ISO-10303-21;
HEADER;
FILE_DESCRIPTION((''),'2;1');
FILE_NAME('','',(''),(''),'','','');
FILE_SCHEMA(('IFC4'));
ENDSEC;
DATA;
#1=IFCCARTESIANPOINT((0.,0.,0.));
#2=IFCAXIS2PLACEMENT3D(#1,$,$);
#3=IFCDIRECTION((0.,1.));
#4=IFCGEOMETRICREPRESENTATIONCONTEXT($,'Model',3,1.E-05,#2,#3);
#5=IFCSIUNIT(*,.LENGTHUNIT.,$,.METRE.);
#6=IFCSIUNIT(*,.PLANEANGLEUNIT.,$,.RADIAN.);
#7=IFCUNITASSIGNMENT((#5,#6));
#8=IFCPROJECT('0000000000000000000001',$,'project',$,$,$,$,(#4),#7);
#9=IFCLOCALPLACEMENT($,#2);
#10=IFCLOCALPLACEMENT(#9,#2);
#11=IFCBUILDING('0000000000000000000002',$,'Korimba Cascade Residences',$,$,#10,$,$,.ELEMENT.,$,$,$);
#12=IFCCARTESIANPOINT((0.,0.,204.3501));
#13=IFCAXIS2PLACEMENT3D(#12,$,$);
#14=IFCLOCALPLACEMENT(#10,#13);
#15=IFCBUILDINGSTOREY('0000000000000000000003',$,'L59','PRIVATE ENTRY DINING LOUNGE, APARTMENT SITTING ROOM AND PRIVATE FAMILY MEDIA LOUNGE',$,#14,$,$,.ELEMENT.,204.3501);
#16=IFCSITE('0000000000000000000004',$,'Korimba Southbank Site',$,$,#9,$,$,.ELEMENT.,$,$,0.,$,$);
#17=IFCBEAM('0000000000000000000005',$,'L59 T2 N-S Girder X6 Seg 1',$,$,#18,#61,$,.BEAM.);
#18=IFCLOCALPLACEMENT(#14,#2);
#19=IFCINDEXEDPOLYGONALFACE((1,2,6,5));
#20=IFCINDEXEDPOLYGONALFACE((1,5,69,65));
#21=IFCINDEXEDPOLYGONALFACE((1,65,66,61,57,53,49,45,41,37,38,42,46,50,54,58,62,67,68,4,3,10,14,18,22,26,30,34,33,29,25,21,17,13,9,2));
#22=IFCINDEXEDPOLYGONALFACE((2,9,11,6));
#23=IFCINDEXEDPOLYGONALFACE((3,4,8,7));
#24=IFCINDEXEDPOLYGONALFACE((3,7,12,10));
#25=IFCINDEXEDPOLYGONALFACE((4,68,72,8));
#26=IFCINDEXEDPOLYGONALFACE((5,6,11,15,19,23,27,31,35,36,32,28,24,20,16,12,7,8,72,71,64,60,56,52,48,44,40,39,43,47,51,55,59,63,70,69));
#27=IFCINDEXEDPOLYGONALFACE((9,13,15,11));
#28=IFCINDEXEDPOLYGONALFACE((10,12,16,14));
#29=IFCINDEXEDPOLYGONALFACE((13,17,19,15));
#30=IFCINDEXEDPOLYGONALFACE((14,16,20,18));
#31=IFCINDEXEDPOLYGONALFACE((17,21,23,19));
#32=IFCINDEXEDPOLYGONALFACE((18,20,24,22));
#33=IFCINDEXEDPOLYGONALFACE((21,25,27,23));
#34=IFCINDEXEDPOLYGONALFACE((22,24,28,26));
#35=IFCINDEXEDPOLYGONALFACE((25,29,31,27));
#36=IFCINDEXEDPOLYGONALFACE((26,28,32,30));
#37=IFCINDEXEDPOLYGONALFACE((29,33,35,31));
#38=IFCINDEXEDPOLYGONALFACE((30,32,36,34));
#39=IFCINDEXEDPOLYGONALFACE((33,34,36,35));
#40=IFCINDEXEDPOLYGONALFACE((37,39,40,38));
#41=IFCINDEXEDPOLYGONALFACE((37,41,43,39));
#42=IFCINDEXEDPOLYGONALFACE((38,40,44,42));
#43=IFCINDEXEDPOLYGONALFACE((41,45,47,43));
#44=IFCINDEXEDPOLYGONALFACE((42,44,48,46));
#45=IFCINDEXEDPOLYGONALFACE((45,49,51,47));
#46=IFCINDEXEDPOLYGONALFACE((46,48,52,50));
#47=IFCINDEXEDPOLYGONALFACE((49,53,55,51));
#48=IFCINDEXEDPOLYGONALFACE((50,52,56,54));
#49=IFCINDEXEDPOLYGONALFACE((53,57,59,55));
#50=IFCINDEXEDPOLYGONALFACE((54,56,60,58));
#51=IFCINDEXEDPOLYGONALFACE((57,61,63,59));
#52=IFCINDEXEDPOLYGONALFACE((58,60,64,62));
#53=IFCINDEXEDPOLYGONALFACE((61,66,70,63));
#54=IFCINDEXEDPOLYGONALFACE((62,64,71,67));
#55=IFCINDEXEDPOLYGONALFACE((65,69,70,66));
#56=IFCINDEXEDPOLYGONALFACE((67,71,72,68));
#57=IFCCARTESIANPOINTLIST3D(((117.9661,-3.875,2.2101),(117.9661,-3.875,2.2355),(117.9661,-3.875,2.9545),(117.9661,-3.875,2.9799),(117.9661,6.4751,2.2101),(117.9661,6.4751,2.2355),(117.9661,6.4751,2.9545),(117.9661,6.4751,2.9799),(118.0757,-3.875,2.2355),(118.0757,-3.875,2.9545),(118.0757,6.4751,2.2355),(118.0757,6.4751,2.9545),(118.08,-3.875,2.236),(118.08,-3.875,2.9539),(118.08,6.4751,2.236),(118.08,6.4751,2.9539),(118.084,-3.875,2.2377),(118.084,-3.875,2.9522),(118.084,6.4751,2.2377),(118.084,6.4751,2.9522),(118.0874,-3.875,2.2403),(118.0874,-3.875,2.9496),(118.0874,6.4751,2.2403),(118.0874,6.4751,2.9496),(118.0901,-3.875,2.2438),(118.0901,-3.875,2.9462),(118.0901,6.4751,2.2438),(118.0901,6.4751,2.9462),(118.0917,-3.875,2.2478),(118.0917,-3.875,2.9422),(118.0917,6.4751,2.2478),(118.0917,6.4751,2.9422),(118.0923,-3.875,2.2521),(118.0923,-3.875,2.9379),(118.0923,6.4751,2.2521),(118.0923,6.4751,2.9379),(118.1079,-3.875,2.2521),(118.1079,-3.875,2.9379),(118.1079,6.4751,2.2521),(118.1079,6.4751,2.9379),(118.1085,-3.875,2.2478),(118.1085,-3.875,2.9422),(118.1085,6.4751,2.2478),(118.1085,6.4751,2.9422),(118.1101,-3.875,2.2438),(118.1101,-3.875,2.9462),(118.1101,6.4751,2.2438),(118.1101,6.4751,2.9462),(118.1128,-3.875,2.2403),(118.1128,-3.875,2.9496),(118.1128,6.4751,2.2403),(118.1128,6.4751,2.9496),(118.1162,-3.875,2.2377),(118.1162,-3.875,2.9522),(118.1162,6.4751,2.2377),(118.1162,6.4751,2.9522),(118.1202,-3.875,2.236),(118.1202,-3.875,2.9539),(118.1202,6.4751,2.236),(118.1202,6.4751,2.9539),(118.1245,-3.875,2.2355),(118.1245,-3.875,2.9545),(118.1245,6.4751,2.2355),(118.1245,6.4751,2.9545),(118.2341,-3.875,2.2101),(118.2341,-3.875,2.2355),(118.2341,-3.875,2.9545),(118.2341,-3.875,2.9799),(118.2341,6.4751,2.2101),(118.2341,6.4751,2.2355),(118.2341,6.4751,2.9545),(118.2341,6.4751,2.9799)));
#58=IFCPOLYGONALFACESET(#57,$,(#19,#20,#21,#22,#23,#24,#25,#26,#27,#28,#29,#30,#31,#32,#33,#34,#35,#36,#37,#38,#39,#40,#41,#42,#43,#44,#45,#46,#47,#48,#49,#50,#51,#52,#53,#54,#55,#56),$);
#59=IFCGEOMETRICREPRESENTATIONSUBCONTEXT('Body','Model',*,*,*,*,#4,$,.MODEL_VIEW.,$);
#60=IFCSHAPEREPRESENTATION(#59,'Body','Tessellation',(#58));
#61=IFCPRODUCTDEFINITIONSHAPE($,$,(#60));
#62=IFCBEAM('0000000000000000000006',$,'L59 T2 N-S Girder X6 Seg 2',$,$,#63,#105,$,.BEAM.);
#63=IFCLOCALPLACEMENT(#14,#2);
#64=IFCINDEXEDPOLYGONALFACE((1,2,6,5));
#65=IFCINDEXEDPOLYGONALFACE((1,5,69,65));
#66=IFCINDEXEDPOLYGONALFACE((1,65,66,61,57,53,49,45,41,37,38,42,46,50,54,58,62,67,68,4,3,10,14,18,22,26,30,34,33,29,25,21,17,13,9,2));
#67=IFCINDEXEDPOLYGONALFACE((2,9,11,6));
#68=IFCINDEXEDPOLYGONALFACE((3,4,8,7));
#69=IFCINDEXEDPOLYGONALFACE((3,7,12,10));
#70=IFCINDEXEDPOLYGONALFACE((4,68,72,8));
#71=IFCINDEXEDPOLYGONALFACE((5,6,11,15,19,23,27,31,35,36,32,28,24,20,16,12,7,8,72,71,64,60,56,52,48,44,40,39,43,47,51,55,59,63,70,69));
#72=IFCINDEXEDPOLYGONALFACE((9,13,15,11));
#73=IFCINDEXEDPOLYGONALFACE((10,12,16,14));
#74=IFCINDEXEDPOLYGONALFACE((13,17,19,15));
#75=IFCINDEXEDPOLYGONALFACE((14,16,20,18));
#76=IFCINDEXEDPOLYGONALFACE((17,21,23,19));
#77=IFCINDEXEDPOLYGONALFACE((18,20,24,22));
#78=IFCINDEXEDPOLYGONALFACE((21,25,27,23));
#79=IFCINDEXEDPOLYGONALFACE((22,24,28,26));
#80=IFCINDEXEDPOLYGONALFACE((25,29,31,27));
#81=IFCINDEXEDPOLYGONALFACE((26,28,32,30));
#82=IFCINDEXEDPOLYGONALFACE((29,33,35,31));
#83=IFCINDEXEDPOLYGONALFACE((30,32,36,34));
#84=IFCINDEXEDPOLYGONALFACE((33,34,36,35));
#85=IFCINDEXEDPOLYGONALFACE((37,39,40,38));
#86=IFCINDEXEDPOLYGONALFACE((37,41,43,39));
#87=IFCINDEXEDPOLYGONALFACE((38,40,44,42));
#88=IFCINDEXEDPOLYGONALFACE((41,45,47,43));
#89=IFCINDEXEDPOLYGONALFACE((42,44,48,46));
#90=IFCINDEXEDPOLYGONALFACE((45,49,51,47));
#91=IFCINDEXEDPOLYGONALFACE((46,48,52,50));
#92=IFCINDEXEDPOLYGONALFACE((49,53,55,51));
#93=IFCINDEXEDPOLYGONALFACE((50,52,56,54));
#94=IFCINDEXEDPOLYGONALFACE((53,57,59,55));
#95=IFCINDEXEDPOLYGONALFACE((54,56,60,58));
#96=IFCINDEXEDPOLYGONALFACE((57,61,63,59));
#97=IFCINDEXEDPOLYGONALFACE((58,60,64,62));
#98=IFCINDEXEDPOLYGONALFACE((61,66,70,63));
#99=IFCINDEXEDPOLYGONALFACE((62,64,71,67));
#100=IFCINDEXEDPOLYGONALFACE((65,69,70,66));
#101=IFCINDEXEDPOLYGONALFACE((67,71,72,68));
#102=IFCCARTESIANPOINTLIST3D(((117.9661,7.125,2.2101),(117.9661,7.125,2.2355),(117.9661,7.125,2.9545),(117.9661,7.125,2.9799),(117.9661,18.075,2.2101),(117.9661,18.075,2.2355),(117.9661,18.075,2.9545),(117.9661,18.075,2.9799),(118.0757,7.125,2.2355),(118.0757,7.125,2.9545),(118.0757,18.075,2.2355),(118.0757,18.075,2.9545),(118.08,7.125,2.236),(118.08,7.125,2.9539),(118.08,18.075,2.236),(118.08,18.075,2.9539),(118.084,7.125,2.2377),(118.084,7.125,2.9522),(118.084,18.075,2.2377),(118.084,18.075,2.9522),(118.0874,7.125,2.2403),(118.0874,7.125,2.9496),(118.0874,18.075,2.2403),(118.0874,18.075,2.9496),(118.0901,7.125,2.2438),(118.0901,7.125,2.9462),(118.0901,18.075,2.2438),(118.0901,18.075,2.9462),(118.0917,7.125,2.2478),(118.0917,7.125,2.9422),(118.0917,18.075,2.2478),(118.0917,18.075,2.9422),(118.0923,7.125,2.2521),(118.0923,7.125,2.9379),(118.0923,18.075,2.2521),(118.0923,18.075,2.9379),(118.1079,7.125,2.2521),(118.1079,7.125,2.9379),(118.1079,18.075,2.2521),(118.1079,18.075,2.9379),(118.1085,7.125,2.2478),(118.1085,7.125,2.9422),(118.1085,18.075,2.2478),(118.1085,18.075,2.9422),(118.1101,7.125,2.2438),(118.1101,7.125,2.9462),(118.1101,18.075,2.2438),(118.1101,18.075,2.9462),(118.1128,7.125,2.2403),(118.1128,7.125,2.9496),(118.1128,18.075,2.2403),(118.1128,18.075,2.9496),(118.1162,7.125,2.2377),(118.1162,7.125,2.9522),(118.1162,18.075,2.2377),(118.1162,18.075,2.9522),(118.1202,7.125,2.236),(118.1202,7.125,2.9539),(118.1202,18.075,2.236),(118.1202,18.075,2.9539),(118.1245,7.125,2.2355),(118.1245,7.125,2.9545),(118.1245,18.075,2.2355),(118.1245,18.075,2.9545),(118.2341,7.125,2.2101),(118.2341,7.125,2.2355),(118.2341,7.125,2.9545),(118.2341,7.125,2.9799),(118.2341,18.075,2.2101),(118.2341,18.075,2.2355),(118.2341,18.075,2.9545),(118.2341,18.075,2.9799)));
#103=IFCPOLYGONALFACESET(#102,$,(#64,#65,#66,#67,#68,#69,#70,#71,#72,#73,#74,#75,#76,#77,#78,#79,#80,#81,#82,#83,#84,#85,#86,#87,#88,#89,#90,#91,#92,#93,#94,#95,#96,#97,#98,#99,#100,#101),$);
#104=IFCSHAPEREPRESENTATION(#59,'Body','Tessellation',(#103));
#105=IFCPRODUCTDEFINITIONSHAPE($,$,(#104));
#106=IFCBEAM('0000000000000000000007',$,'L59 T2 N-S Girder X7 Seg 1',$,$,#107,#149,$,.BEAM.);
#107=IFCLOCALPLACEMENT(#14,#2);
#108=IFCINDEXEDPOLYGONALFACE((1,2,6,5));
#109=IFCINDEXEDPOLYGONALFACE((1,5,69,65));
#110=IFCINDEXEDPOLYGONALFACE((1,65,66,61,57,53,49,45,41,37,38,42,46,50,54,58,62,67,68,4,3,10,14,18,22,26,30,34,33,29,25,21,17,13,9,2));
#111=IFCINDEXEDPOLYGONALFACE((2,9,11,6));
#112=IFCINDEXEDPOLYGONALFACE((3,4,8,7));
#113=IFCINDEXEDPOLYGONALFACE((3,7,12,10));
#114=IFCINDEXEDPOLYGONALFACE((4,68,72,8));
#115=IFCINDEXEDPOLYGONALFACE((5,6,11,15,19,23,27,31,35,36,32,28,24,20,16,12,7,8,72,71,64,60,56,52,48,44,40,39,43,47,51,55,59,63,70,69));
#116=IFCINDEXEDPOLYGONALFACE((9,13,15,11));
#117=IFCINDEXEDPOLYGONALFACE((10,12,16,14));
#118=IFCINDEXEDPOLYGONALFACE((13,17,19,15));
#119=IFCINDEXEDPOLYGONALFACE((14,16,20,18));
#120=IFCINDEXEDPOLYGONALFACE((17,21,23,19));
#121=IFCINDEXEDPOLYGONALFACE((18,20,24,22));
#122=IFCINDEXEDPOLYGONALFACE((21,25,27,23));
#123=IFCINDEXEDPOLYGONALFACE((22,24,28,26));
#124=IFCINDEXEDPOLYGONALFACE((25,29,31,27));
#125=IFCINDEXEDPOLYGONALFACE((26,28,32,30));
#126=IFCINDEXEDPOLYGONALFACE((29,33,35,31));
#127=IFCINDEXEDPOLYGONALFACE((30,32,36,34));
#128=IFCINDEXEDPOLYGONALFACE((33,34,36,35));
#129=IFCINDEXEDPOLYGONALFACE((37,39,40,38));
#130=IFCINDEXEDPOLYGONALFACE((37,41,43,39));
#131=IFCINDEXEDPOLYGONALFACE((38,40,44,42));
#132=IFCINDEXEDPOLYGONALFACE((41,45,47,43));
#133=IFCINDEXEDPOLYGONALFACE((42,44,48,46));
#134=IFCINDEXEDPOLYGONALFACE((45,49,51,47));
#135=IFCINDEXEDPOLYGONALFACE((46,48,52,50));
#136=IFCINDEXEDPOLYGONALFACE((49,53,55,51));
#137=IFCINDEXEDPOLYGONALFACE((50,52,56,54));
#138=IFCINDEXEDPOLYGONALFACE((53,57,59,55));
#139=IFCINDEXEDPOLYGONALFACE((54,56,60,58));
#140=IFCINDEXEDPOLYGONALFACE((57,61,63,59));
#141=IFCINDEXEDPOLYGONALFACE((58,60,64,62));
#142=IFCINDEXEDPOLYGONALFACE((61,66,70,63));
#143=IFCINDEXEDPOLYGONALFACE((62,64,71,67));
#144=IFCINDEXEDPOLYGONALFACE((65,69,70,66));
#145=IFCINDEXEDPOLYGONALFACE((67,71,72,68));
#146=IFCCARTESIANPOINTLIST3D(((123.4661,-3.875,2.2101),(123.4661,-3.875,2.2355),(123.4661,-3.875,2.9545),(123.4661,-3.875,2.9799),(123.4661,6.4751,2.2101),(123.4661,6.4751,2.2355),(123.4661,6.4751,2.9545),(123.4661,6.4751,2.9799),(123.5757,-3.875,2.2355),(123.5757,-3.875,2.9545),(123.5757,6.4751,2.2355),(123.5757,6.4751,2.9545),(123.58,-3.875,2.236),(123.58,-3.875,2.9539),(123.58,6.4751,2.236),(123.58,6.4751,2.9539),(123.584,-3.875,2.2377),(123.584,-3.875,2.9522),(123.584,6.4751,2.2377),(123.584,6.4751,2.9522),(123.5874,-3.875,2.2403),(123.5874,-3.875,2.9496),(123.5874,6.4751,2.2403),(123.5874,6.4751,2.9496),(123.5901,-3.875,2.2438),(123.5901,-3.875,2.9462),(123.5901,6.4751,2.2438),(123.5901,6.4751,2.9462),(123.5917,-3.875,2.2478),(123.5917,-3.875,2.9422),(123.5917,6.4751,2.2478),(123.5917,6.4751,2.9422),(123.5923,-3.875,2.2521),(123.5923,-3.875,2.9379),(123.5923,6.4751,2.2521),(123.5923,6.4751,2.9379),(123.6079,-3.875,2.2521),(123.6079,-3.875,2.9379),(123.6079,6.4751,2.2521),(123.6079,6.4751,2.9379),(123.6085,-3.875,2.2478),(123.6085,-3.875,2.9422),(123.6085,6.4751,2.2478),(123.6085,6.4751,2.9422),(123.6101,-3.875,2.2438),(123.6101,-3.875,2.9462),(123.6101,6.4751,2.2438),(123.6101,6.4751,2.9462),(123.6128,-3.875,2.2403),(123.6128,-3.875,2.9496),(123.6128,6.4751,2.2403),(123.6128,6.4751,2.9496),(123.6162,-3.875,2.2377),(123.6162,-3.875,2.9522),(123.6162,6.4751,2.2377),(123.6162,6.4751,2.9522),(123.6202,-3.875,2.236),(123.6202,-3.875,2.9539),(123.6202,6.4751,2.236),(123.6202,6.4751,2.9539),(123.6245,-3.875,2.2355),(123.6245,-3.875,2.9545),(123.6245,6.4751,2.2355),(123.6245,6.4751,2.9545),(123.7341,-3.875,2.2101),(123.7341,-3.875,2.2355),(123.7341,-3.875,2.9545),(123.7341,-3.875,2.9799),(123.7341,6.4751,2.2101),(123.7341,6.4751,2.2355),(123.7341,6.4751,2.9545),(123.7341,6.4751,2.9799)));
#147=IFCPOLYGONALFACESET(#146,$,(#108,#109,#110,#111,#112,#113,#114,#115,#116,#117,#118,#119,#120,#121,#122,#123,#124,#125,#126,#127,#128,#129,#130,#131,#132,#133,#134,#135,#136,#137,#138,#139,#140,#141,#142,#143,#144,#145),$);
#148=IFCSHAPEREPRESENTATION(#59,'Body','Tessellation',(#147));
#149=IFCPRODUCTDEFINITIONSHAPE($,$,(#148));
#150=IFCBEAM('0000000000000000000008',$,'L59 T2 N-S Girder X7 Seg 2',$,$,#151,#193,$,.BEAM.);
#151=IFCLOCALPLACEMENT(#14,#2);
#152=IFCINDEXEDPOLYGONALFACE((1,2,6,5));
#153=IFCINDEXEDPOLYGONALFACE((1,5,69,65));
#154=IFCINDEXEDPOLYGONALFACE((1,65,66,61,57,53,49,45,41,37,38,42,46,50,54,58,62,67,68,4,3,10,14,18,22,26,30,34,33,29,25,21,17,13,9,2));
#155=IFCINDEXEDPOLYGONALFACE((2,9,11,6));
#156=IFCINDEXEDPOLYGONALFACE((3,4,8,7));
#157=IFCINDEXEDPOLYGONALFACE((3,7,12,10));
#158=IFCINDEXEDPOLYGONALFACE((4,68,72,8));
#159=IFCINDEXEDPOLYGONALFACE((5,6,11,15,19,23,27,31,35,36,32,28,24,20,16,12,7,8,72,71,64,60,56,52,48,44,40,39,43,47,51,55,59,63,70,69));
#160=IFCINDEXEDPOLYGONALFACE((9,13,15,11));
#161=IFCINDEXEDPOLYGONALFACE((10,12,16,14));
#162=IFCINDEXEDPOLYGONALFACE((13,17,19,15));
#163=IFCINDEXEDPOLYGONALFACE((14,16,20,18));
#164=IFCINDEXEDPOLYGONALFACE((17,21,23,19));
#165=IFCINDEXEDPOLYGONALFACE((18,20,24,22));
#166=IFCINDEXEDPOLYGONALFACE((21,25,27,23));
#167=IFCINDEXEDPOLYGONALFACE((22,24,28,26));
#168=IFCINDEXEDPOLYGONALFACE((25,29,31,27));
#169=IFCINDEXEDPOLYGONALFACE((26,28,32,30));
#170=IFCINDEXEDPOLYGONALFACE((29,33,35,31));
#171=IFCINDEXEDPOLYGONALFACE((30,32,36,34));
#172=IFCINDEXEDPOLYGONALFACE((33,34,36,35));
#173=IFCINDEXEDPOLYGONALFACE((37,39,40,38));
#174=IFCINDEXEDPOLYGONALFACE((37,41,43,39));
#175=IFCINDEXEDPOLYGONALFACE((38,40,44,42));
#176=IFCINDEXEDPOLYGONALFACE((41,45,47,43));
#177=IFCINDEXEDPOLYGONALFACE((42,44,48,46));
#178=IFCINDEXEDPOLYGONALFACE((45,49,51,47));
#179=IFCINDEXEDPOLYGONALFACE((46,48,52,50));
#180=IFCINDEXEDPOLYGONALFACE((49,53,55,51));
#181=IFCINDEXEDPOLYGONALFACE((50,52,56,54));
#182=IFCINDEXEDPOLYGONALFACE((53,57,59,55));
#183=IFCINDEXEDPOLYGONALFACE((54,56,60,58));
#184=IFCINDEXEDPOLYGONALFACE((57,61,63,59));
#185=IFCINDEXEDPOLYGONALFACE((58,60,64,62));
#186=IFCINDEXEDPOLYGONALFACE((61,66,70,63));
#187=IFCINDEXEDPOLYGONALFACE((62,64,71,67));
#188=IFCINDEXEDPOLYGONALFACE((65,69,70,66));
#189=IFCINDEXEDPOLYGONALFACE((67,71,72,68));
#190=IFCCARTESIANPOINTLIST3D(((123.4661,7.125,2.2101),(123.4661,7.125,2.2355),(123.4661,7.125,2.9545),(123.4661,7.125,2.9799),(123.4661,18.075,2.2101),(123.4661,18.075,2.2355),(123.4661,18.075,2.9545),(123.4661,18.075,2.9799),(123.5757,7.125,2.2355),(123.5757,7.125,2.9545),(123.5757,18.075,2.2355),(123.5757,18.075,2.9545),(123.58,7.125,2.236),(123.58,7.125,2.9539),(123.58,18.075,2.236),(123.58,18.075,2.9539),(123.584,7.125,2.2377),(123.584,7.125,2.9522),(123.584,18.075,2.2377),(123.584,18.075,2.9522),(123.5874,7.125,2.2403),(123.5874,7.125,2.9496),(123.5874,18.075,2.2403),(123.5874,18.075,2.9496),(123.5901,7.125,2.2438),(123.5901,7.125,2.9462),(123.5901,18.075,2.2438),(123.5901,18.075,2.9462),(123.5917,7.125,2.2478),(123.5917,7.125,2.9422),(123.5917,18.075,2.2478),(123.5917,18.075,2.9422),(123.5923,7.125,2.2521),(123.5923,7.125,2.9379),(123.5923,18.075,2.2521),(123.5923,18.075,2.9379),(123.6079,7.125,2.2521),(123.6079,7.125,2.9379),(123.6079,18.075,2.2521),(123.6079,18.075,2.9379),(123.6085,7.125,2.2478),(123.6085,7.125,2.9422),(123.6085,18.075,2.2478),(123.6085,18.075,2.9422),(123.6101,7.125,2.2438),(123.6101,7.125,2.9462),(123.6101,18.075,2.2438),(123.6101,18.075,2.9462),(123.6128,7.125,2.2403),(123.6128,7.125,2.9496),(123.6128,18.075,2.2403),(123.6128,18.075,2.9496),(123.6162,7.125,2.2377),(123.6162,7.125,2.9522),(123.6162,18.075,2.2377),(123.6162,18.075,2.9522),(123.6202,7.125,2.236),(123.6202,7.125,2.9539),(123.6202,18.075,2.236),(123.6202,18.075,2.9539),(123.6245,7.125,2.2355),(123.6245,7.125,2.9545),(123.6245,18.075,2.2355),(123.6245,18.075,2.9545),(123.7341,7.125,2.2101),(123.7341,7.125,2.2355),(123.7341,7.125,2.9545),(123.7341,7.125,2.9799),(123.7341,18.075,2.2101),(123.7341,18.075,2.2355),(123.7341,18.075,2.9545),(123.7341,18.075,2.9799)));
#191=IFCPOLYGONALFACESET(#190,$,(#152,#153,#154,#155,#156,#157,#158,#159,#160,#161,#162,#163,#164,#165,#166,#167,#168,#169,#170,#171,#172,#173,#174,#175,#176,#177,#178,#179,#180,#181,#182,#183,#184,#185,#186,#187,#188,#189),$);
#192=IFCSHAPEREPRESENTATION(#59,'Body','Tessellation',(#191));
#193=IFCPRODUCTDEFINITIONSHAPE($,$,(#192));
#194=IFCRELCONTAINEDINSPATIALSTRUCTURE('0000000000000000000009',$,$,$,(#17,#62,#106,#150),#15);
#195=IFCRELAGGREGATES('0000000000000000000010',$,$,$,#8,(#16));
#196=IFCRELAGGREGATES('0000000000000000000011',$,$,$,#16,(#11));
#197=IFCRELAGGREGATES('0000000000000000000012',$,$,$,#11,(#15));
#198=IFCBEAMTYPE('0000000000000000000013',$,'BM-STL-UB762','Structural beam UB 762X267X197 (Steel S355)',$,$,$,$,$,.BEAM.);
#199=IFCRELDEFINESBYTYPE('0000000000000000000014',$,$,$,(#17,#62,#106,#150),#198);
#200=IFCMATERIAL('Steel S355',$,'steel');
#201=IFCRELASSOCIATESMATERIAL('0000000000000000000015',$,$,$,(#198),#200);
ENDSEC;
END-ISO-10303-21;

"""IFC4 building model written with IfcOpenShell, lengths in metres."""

from ifc_helpers import new_model, si_unit, direction, frame, origin, origin_2d, place, context, subcontext, project, spatial, i_section, extrude, material, material_profile, profile_set, type_object, element, save


model = new_model("IFC4")

# Units and contexts
model_context = context("Model", 3, precision=1e-05, world=origin(), true_north=direction((0.0, 1.0)))
body_context = subcontext(model_context, "Body", "Model", "MODEL_VIEW")
ifc_project = project(units=[si_unit("LENGTHUNIT", "METRE"), si_unit("PLANEANGLEUNIT", "RADIAN")], contexts=[model_context])

# Site, building, storey
site_placement = place(None, origin())
site = spatial("IfcSite", under=ifc_project, at=site_placement, Name="Korimba Southbank Site", CompositionType="ELEMENT", RefElevation=0.0)
building_placement = place(site_placement, origin())
building = spatial("IfcBuilding", under=site, at=building_placement, Name="Korimba Cascade Residences", CompositionType="ELEMENT")
storey_placement = place(building_placement, frame((0.0, 0.0, 204.3501)))
storey = spatial("IfcBuildingStorey", under=building, at=storey_placement, Name="L59", Description="PRIVATE ENTRY DINING LOUNGE, APARTMENT SITTING ROOM AND PRIVATE FAMILY MEDIA LOUNGE", CompositionType="ELEMENT", Elevation=204.3501)

# Beams
ifc_material_1 = material(Name="Steel S355", Category="steel")
ifc_material_profile_1 = material_profile(ifc_material_1, i_section(OverallWidth=0.2681, OverallDepth=0.7698, WebThickness=0.0156, FlangeThickness=0.0254, FilletRadius=0.0166, at=origin_2d()), Name="Steel S355")
ifc_profile_set_1 = profile_set([ifc_material_profile_1], Name="Steel S355")
beam_type_1 = type_object("IfcBeamType", Name="BM-STL-UB762", Description="Structural beam UB 762X267X197 (Steel S355)", PredefinedType="BEAM", material=ifc_profile_set_1)
beam_1_placement = place(storey_placement, frame((118.1001, -3.875, 2.595), z_axis=(0.0, 1.0, 0.0), x_axis=(-1.0, 0.0, 0.0)))
element("IfcBeam", 1, at=beam_1_placement, inside=storey, type_object=beam_type_1, Name="L59 T2 N-S Girder X6 Seg 1", PredefinedType="BEAM", context=body_context, shape_type="SweptSolid", body=[
    extrude(i_section(OverallWidth=0.2681, OverallDepth=0.7698, WebThickness=0.0156, FlangeThickness=0.0254, FilletRadius=0.0166, at=origin_2d()), origin(), (0.0, 0.0, 1.0), 10.3501),
])
beam_2_placement = place(storey_placement, frame((118.1001, 7.125, 2.595), z_axis=(0.0, 1.0, 0.0), x_axis=(-1.0, 0.0, 0.0)))
element("IfcBeam", 2, at=beam_2_placement, inside=storey, type_object=beam_type_1, Name="L59 T2 N-S Girder X6 Seg 2", PredefinedType="BEAM", context=body_context, shape_type="SweptSolid", body=[
    extrude(i_section(OverallWidth=0.2681, OverallDepth=0.7698, WebThickness=0.0156, FlangeThickness=0.0254, FilletRadius=0.0166, at=origin_2d()), origin(), (0.0, 0.0, 1.0), 10.95),
])
beam_3_placement = place(storey_placement, frame((123.6001, -3.875, 2.595), z_axis=(0.0, 1.0, 0.0), x_axis=(-1.0, 0.0, 0.0)))
element("IfcBeam", 3, at=beam_3_placement, inside=storey, type_object=beam_type_1, Name="L59 T2 N-S Girder X7 Seg 1", PredefinedType="BEAM", context=body_context, shape_type="SweptSolid", body=[
    extrude(i_section(OverallWidth=0.2681, OverallDepth=0.7698, WebThickness=0.0156, FlangeThickness=0.0254, FilletRadius=0.0166, at=origin_2d()), origin(), (0.0, 0.0, 1.0), 10.3501),
])
beam_4_placement = place(storey_placement, frame((123.6001, 7.125, 2.595), z_axis=(0.0, 1.0, 0.0), x_axis=(-1.0, 0.0, 0.0)))
element("IfcBeam", 4, at=beam_4_placement, inside=storey, type_object=beam_type_1, Name="L59 T2 N-S Girder X7 Seg 2", PredefinedType="BEAM", context=body_context, shape_type="SweptSolid", body=[
    extrude(i_section(OverallWidth=0.2681, OverallDepth=0.7698, WebThickness=0.0156, FlangeThickness=0.0254, FilletRadius=0.0166, at=origin_2d()), origin(), (0.0, 0.0, 1.0), 10.95),
])

save(model, "model.ifc")
